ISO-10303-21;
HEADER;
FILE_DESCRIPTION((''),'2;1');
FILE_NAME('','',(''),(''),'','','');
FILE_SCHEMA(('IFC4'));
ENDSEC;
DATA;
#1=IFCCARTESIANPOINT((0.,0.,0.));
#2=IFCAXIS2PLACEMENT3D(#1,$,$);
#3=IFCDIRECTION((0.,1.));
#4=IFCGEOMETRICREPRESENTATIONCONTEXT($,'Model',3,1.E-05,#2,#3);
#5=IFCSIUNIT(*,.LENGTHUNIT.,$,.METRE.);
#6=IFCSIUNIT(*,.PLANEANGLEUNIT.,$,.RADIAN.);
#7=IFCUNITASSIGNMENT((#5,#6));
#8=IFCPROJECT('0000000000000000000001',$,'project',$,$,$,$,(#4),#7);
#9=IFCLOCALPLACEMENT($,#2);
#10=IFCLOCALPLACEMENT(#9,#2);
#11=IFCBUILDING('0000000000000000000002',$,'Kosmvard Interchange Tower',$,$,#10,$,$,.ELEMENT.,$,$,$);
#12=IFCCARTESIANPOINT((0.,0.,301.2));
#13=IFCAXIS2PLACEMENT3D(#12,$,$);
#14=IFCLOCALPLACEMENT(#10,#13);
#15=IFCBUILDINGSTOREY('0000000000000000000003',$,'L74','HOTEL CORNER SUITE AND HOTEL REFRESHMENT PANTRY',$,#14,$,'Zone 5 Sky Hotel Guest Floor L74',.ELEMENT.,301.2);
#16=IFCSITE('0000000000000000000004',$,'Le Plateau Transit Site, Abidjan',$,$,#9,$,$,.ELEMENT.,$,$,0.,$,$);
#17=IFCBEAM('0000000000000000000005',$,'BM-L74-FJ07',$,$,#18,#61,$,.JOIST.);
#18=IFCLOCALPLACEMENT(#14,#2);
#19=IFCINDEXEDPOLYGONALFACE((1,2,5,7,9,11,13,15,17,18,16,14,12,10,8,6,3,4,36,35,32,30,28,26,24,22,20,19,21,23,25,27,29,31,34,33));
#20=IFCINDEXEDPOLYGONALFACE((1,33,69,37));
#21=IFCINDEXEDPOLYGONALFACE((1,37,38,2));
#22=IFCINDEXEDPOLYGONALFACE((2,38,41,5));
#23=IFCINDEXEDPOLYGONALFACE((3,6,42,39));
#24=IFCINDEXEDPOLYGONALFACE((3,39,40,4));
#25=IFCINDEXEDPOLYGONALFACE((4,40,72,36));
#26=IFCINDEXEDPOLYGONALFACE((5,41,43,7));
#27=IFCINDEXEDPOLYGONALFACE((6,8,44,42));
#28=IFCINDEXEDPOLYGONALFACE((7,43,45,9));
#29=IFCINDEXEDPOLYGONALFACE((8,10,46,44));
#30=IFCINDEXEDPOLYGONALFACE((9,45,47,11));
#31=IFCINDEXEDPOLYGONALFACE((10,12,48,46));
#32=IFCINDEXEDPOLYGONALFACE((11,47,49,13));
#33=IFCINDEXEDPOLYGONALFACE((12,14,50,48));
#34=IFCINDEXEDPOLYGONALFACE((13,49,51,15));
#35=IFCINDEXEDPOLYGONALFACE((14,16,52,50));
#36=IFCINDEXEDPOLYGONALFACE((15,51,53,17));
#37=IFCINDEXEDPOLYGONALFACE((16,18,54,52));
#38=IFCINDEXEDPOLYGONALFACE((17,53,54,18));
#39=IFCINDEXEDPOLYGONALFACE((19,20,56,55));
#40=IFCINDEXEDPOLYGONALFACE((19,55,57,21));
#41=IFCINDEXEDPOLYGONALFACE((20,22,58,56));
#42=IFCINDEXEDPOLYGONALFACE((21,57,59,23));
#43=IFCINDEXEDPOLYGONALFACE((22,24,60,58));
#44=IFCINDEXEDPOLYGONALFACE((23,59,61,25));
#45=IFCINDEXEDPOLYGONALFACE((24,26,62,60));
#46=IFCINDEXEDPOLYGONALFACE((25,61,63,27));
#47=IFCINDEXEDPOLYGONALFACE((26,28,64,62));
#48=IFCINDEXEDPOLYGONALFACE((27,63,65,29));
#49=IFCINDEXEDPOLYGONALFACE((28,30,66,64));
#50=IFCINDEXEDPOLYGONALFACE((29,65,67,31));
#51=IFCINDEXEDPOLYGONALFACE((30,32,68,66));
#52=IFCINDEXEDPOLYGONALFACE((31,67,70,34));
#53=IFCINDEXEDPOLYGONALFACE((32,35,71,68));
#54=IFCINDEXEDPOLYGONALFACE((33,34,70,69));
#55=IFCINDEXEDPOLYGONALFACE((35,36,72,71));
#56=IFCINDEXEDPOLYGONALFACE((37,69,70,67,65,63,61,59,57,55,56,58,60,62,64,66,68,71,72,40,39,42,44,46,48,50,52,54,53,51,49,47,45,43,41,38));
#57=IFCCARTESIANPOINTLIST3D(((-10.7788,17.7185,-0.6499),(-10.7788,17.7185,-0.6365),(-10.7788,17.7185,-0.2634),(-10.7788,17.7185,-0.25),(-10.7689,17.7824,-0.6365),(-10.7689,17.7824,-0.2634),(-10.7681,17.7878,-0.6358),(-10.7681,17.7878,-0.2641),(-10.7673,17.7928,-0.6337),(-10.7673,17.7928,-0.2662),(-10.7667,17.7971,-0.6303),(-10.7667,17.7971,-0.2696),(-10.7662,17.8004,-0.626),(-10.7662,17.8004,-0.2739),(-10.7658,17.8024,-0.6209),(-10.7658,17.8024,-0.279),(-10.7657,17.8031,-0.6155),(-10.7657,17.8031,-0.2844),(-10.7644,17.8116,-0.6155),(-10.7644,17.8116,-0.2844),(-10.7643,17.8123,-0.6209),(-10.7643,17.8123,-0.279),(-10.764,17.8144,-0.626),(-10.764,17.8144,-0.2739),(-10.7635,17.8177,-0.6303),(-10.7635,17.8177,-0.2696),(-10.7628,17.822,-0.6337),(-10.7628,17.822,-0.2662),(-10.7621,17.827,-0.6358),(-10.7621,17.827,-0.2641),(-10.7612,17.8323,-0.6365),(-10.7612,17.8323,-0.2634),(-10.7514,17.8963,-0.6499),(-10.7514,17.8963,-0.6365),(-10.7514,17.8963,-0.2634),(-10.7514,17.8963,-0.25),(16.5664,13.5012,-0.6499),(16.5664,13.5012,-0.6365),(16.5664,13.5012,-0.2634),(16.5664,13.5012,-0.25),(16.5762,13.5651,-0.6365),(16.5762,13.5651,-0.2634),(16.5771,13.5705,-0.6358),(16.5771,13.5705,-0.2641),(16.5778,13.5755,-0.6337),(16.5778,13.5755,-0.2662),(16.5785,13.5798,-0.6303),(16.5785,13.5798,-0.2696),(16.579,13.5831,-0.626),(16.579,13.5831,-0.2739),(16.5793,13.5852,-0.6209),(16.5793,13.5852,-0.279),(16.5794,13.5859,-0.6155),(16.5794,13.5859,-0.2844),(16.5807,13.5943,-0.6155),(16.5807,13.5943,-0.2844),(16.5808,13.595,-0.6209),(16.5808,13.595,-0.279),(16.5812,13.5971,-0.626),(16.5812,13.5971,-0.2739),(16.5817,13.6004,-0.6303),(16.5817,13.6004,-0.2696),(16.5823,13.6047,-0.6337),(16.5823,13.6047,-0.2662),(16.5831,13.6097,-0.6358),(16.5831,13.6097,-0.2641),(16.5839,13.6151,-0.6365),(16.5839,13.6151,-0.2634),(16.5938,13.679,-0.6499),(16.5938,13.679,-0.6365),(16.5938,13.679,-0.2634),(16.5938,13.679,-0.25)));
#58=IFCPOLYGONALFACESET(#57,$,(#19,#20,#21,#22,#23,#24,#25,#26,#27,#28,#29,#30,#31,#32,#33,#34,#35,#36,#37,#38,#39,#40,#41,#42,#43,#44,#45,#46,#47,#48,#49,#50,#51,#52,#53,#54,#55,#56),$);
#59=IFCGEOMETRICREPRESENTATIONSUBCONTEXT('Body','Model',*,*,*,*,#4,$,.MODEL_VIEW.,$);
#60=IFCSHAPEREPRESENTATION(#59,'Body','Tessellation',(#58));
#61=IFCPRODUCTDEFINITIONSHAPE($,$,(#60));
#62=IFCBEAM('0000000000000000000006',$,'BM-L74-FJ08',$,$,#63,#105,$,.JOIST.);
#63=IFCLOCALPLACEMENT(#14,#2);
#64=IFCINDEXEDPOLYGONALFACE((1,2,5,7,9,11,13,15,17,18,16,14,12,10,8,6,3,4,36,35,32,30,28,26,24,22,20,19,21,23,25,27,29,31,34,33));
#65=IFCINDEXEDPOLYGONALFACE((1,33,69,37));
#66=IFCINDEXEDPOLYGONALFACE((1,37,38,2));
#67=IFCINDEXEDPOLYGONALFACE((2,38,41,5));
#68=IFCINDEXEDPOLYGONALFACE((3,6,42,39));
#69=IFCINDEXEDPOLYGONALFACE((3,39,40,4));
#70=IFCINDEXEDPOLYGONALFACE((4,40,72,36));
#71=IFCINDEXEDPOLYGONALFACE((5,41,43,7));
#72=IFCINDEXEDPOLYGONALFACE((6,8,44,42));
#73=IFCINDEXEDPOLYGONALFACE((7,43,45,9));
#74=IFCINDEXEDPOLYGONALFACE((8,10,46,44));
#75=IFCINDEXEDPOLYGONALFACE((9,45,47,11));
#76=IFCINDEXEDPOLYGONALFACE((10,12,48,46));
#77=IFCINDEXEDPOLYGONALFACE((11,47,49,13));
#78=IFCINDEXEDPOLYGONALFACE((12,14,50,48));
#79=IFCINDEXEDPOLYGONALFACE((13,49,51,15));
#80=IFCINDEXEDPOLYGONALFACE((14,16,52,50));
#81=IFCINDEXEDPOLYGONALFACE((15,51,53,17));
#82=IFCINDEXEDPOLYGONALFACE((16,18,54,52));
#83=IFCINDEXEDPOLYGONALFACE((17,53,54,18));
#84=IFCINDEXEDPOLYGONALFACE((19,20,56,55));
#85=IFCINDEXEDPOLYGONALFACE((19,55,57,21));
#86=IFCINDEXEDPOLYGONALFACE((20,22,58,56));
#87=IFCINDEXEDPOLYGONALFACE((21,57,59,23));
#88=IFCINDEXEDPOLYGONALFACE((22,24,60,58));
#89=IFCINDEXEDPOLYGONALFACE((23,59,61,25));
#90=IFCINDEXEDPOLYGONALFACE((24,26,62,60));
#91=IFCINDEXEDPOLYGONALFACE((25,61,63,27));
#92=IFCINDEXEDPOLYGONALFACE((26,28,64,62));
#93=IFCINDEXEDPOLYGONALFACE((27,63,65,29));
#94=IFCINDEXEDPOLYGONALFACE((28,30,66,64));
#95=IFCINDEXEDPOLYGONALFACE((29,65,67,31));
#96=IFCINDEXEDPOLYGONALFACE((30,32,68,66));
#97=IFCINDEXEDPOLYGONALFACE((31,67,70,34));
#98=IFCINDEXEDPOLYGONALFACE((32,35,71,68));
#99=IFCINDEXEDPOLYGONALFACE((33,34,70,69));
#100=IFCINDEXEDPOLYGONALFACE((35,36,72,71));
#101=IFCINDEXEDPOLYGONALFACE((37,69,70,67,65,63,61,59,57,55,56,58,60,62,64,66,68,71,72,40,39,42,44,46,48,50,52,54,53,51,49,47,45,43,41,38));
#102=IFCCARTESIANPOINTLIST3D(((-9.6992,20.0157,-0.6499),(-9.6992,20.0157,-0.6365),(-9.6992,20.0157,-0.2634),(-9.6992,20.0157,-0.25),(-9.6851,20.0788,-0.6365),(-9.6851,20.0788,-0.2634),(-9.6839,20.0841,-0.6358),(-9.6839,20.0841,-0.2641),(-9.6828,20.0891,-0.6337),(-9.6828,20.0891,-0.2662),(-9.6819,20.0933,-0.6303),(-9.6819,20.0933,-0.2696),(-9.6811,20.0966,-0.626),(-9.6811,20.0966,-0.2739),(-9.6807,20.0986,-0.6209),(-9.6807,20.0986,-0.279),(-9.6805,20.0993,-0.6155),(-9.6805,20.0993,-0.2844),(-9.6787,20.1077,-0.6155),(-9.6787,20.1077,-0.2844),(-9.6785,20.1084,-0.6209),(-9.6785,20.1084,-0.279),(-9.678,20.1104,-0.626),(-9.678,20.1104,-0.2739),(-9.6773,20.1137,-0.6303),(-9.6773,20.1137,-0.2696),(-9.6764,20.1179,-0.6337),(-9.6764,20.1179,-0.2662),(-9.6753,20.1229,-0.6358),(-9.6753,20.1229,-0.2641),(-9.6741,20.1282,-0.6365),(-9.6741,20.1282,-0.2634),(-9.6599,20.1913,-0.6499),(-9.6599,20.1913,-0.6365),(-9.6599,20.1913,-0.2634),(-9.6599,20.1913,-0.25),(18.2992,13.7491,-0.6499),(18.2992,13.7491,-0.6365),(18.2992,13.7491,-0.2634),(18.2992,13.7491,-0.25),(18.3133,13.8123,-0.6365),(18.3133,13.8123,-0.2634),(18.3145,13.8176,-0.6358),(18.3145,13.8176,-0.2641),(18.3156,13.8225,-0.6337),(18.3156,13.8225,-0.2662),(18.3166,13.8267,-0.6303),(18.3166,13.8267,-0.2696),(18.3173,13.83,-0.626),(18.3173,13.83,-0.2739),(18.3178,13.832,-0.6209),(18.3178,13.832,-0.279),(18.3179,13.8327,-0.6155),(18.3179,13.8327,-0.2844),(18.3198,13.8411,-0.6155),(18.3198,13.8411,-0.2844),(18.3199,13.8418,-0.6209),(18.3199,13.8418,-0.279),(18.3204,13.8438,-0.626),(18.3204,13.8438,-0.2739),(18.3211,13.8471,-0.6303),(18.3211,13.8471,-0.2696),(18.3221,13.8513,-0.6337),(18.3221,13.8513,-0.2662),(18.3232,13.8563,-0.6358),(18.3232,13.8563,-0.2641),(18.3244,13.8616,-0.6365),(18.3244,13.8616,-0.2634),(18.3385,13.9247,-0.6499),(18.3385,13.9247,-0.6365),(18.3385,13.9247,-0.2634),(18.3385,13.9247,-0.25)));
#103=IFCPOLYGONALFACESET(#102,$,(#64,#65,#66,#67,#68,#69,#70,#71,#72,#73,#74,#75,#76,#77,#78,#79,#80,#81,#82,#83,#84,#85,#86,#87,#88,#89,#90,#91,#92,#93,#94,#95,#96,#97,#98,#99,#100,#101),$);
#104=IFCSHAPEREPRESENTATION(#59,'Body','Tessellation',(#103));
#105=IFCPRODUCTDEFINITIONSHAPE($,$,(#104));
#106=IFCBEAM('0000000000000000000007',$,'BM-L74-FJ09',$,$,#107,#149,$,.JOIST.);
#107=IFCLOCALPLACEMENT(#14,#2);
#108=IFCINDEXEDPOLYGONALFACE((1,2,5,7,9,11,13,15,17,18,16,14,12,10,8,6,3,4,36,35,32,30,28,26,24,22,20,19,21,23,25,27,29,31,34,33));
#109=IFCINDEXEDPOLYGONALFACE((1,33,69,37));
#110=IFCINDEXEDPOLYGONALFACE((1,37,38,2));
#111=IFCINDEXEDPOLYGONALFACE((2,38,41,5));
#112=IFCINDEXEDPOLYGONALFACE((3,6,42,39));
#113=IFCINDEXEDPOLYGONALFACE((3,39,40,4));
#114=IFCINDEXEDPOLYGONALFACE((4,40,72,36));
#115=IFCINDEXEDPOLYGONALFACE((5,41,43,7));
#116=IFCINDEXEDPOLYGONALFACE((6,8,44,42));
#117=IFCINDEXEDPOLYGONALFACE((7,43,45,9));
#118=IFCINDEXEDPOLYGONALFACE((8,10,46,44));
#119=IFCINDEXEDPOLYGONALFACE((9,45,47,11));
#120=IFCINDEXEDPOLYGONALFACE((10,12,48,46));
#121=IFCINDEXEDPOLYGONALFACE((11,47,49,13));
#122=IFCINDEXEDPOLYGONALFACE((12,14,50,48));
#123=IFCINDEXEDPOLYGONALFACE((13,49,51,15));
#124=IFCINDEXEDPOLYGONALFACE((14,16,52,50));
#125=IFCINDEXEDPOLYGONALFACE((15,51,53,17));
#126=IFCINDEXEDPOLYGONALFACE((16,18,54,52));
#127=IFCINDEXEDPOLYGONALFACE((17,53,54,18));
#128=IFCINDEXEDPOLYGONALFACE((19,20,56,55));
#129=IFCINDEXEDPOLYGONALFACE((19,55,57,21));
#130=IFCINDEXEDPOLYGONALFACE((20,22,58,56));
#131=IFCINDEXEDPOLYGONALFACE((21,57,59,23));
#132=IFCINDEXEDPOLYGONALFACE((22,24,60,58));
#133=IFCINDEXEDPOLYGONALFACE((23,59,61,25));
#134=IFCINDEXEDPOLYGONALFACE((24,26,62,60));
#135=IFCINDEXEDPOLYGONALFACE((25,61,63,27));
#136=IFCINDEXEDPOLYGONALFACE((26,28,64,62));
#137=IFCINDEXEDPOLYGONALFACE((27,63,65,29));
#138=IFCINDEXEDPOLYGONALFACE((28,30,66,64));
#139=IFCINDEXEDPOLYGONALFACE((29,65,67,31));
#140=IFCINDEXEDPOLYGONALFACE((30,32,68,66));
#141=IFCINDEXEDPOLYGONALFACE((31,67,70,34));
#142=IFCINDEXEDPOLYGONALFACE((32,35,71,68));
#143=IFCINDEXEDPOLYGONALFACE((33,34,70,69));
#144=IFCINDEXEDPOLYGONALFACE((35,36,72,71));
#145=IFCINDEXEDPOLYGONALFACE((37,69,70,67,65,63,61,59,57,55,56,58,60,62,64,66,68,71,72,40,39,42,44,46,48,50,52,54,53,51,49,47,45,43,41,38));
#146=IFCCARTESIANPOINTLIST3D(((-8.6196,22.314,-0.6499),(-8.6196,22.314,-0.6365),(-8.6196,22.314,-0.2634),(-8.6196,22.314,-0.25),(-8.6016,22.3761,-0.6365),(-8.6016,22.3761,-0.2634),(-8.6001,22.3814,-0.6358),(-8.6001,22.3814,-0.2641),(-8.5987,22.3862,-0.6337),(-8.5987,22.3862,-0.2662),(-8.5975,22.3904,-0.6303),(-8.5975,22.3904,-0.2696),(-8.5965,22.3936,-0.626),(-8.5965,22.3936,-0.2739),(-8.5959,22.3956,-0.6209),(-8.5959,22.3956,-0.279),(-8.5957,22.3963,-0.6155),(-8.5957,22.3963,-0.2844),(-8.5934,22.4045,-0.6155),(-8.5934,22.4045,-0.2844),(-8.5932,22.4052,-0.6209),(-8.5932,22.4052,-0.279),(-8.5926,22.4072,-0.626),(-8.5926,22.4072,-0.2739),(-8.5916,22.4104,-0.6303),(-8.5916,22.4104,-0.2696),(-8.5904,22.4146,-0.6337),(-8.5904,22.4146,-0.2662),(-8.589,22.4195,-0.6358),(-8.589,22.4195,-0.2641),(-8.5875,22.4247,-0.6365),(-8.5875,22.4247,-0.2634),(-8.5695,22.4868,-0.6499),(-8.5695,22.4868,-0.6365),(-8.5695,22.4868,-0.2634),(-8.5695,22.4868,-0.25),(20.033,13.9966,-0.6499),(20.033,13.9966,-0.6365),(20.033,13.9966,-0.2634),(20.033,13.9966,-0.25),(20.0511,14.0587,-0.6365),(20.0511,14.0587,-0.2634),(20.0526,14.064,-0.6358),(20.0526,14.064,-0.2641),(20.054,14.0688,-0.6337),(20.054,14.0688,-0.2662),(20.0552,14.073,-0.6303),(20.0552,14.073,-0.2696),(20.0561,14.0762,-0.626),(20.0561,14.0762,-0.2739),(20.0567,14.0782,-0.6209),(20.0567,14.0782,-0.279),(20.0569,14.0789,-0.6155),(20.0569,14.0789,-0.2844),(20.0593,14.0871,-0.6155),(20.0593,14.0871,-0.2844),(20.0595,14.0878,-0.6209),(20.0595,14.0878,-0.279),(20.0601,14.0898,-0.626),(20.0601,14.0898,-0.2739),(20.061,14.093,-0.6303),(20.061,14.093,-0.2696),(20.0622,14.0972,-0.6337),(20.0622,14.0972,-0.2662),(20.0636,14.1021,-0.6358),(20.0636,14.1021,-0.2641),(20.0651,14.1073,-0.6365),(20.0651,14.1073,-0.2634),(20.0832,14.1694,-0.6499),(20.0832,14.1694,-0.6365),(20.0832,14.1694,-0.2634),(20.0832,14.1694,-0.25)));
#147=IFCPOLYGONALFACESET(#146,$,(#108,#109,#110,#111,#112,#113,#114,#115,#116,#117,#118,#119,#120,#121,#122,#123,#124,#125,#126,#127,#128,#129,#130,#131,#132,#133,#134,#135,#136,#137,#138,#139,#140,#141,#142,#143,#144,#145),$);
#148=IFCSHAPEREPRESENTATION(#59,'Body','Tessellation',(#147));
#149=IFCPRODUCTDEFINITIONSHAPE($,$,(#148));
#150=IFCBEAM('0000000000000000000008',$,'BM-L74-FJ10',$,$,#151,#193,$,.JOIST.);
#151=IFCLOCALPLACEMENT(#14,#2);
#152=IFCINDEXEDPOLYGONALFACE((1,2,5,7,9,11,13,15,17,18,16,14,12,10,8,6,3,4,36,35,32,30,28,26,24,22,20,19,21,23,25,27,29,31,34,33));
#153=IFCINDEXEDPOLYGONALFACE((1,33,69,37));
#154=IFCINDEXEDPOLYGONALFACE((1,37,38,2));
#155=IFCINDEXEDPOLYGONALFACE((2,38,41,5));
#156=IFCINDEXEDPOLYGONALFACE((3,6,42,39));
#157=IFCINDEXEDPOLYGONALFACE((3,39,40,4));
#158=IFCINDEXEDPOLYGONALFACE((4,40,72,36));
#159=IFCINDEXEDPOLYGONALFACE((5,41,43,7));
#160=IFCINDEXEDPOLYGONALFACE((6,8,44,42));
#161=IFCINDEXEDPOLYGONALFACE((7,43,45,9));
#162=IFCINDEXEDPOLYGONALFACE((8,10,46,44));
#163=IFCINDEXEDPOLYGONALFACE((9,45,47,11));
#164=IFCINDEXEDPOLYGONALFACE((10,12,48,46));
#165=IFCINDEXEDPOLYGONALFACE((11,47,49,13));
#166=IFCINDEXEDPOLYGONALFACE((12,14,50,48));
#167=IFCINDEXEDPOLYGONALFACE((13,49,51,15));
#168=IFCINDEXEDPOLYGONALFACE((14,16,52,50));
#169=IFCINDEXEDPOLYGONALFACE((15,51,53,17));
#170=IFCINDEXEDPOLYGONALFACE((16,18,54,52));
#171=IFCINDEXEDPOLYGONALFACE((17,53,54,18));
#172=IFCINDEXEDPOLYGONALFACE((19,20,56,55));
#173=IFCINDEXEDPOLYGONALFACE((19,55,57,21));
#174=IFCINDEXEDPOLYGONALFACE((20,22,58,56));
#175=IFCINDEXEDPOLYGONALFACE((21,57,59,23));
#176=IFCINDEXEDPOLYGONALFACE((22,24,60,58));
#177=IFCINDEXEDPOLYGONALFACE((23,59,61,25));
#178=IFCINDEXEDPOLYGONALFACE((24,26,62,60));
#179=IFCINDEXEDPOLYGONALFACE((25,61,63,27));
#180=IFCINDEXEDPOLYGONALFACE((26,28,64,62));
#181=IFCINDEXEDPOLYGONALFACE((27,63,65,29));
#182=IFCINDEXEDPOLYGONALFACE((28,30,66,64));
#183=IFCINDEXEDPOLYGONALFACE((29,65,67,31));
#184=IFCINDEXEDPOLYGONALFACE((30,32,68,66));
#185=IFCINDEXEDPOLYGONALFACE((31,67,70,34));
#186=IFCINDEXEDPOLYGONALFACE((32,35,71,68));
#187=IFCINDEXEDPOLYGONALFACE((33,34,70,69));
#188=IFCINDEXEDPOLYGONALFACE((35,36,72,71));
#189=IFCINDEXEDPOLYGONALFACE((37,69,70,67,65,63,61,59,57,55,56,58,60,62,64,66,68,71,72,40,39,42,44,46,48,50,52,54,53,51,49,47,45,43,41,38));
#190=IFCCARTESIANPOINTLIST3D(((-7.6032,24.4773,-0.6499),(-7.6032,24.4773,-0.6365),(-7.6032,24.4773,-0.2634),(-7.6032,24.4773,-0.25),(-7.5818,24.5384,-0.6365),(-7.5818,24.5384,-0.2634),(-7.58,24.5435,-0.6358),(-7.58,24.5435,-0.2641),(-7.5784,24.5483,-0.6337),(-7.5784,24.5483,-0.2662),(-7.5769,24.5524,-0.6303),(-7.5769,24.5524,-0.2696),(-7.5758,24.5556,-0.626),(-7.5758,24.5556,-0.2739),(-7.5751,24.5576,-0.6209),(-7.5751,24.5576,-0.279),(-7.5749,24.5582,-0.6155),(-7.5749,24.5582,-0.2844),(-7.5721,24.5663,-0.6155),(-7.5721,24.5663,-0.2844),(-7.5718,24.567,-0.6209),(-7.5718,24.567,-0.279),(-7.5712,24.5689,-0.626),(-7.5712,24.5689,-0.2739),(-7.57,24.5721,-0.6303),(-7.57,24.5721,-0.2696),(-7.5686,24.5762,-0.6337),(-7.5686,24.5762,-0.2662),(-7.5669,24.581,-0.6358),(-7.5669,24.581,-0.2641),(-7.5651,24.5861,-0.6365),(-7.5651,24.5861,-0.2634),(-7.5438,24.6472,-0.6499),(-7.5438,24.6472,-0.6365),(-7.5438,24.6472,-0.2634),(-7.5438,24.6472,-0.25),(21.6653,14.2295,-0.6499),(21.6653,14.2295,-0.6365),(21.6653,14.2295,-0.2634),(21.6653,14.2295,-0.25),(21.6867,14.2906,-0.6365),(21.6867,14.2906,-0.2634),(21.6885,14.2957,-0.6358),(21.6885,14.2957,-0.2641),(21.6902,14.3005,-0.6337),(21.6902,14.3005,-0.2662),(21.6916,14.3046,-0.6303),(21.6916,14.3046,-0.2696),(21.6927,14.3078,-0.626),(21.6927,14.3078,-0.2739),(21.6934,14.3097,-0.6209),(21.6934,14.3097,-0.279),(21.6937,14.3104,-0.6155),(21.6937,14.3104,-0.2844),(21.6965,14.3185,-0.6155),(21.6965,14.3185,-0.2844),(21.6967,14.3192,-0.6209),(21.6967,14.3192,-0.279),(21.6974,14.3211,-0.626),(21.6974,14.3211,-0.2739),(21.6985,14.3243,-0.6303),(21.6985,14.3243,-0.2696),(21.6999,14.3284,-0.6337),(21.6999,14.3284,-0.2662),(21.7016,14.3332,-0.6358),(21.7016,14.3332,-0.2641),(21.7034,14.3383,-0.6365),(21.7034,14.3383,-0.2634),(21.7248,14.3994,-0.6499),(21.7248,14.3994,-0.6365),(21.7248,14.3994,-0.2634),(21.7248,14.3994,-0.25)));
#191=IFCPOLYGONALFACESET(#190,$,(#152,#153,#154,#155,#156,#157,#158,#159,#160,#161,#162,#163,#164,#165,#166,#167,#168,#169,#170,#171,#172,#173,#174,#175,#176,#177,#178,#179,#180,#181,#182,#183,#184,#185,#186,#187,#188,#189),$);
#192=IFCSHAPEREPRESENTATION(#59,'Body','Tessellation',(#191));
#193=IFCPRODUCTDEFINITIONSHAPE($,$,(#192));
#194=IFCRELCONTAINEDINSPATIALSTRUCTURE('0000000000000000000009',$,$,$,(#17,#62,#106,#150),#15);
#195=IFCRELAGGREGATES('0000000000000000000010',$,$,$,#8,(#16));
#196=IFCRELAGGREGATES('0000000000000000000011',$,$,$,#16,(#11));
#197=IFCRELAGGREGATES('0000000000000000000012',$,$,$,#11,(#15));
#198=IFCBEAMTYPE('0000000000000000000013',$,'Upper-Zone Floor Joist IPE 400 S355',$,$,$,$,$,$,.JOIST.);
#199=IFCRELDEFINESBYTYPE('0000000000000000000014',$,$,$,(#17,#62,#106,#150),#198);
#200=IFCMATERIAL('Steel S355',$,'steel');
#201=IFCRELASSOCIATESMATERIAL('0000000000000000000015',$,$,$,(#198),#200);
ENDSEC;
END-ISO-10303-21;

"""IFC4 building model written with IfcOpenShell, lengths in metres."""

from ifc_helpers import new_model, si_unit, direction, frame, origin, origin_2d, place, context, subcontext, project, spatial, i_section, extrude, source, transform, mapped, material, material_profile, profile_set, type_object, element, save


model = new_model("IFC4")

# Units and contexts
model_context = context("Model", 3, precision=1e-05, world=origin(), true_north=direction((0.0, 1.0)))
body_context = subcontext(model_context, "Body", "Model", "MODEL_VIEW")
ifc_project = project(units=[si_unit("LENGTHUNIT", "METRE"), si_unit("PLANEANGLEUNIT", "RADIAN")], contexts=[model_context])

# Site, building, storey
site_placement = place(None, origin())
site = spatial("IfcSite", under=ifc_project, at=site_placement, Name="Le Plateau Transit Site, Abidjan", CompositionType="ELEMENT", RefElevation=0.0)
building_placement = place(site_placement, origin())
building = spatial("IfcBuilding", under=site, at=building_placement, Name="Kosmvard Interchange Tower", CompositionType="ELEMENT")
storey_placement = place(building_placement, frame((0.0, 0.0, 301.2)))
storey = spatial("IfcBuildingStorey", under=building, at=storey_placement, Name="L74", Description="HOTEL CORNER SUITE AND HOTEL REFRESHMENT PANTRY", LongName="Zone 5 Sky Hotel Guest Floor L74", CompositionType="ELEMENT", Elevation=301.2)

# Beams
ifc_material_1 = material(Name="Steel S355", Category="steel")
ifc_material_profile_1 = material_profile(ifc_material_1, i_section(OverallWidth=0.1799, OverallDepth=0.3999, WebThickness=0.0085, FlangeThickness=0.0134, FilletRadius=0.021, at=origin_2d()), Name="IPE 400")
ifc_profile_set_1 = profile_set([ifc_material_profile_1], Name="Steel S355")
beam_type_1 = type_object("IfcBeamType", Name="Upper-Zone Floor Joist IPE 400 S355", PredefinedType="JOIST", material=ifc_profile_set_1)
shared_shape_1 = source(origin(), body_context, "Body", "SweptSolid", [
    extrude(i_section(OverallWidth=0.1799, OverallDepth=0.3999, WebThickness=0.0085, FlangeThickness=0.0134, FilletRadius=0.021, at=origin_2d()), origin(), (0.0, 0.0, 1.0), 27.6685),
])
beam_1_placement = place(storey_placement, frame((16.5801, 13.5901, -0.45), z_axis=(-0.988316, 0.152422, 0.0), x_axis=(-0.152422, -0.988316, 0.0)))
element("IfcBeam", 1, at=beam_1_placement, inside=storey, type_object=beam_type_1, Name="BM-L74-FJ07", PredefinedType="JOIST", context=body_context, shape_type="MappedRepresentation", body=[
    mapped(shared_shape_1, transform((0.0, 0.0, 0.0), scale=1.0)),
])
shared_shape_2 = source(origin(), body_context, "Body", "SweptSolid", [
    extrude(i_section(OverallWidth=0.1799, OverallDepth=0.3999, WebThickness=0.0085, FlangeThickness=0.0134, FilletRadius=0.021, at=origin_2d()), origin(), (0.0, 0.0, 1.0), 28.6912),
])
beam_2_placement = place(storey_placement, frame((18.3188, 13.8369, -0.45), z_axis=(-0.975856, 0.218415, 0.0), x_axis=(-0.218415, -0.975856, 0.0)))
element("IfcBeam", 2, at=beam_2_placement, inside=storey, type_object=beam_type_1, Name="BM-L74-FJ08", PredefinedType="JOIST", context=body_context, shape_type="MappedRepresentation", body=[
    mapped(shared_shape_2, transform((0.0, 0.0, 0.0), scale=1.0)),
])
shared_shape_3 = source(origin(), body_context, "Body", "SweptSolid", [
    extrude(i_section(OverallWidth=0.1799, OverallDepth=0.3999, WebThickness=0.0085, FlangeThickness=0.0134, FilletRadius=0.021, at=origin_2d()), origin(), (0.0, 0.0, 1.0), 29.8354),
])
beam_3_placement = place(storey_placement, frame((20.0581, 14.083, -0.45), z_axis=(-0.960356, 0.278776, 0.0), x_axis=(-0.278776, -0.960356, 0.0)))
element("IfcBeam", 3, at=beam_3_placement, inside=storey, type_object=beam_type_1, Name="BM-L74-FJ09", PredefinedType="JOIST", context=body_context, shape_type="MappedRepresentation", body=[
    mapped(shared_shape_3, transform((0.0, 0.0, 0.0), scale=1.0)),
])
shared_shape_4 = source(origin(), body_context, "Body", "SweptSolid", [
    extrude(i_section(OverallWidth=0.1799, OverallDepth=0.3999, WebThickness=0.0085, FlangeThickness=0.0134, FilletRadius=0.021, at=origin_2d()), origin(), (0.0, 0.0, 1.0), 31.0107),
])
beam_4_placement = place(storey_placement, frame((21.6951, 14.3145, -0.45), z_axis=(-0.94382, 0.33046, 0.0), x_axis=(-0.33046, -0.94382, 0.0)))
element("IfcBeam", 4, at=beam_4_placement, inside=storey, type_object=beam_type_1, Name="BM-L74-FJ10", PredefinedType="JOIST", context=body_context, shape_type="MappedRepresentation", body=[
    mapped(shared_shape_4, transform((0.0, 0.0, 0.0), scale=1.0)),
])

save(model, "model.ifc")
